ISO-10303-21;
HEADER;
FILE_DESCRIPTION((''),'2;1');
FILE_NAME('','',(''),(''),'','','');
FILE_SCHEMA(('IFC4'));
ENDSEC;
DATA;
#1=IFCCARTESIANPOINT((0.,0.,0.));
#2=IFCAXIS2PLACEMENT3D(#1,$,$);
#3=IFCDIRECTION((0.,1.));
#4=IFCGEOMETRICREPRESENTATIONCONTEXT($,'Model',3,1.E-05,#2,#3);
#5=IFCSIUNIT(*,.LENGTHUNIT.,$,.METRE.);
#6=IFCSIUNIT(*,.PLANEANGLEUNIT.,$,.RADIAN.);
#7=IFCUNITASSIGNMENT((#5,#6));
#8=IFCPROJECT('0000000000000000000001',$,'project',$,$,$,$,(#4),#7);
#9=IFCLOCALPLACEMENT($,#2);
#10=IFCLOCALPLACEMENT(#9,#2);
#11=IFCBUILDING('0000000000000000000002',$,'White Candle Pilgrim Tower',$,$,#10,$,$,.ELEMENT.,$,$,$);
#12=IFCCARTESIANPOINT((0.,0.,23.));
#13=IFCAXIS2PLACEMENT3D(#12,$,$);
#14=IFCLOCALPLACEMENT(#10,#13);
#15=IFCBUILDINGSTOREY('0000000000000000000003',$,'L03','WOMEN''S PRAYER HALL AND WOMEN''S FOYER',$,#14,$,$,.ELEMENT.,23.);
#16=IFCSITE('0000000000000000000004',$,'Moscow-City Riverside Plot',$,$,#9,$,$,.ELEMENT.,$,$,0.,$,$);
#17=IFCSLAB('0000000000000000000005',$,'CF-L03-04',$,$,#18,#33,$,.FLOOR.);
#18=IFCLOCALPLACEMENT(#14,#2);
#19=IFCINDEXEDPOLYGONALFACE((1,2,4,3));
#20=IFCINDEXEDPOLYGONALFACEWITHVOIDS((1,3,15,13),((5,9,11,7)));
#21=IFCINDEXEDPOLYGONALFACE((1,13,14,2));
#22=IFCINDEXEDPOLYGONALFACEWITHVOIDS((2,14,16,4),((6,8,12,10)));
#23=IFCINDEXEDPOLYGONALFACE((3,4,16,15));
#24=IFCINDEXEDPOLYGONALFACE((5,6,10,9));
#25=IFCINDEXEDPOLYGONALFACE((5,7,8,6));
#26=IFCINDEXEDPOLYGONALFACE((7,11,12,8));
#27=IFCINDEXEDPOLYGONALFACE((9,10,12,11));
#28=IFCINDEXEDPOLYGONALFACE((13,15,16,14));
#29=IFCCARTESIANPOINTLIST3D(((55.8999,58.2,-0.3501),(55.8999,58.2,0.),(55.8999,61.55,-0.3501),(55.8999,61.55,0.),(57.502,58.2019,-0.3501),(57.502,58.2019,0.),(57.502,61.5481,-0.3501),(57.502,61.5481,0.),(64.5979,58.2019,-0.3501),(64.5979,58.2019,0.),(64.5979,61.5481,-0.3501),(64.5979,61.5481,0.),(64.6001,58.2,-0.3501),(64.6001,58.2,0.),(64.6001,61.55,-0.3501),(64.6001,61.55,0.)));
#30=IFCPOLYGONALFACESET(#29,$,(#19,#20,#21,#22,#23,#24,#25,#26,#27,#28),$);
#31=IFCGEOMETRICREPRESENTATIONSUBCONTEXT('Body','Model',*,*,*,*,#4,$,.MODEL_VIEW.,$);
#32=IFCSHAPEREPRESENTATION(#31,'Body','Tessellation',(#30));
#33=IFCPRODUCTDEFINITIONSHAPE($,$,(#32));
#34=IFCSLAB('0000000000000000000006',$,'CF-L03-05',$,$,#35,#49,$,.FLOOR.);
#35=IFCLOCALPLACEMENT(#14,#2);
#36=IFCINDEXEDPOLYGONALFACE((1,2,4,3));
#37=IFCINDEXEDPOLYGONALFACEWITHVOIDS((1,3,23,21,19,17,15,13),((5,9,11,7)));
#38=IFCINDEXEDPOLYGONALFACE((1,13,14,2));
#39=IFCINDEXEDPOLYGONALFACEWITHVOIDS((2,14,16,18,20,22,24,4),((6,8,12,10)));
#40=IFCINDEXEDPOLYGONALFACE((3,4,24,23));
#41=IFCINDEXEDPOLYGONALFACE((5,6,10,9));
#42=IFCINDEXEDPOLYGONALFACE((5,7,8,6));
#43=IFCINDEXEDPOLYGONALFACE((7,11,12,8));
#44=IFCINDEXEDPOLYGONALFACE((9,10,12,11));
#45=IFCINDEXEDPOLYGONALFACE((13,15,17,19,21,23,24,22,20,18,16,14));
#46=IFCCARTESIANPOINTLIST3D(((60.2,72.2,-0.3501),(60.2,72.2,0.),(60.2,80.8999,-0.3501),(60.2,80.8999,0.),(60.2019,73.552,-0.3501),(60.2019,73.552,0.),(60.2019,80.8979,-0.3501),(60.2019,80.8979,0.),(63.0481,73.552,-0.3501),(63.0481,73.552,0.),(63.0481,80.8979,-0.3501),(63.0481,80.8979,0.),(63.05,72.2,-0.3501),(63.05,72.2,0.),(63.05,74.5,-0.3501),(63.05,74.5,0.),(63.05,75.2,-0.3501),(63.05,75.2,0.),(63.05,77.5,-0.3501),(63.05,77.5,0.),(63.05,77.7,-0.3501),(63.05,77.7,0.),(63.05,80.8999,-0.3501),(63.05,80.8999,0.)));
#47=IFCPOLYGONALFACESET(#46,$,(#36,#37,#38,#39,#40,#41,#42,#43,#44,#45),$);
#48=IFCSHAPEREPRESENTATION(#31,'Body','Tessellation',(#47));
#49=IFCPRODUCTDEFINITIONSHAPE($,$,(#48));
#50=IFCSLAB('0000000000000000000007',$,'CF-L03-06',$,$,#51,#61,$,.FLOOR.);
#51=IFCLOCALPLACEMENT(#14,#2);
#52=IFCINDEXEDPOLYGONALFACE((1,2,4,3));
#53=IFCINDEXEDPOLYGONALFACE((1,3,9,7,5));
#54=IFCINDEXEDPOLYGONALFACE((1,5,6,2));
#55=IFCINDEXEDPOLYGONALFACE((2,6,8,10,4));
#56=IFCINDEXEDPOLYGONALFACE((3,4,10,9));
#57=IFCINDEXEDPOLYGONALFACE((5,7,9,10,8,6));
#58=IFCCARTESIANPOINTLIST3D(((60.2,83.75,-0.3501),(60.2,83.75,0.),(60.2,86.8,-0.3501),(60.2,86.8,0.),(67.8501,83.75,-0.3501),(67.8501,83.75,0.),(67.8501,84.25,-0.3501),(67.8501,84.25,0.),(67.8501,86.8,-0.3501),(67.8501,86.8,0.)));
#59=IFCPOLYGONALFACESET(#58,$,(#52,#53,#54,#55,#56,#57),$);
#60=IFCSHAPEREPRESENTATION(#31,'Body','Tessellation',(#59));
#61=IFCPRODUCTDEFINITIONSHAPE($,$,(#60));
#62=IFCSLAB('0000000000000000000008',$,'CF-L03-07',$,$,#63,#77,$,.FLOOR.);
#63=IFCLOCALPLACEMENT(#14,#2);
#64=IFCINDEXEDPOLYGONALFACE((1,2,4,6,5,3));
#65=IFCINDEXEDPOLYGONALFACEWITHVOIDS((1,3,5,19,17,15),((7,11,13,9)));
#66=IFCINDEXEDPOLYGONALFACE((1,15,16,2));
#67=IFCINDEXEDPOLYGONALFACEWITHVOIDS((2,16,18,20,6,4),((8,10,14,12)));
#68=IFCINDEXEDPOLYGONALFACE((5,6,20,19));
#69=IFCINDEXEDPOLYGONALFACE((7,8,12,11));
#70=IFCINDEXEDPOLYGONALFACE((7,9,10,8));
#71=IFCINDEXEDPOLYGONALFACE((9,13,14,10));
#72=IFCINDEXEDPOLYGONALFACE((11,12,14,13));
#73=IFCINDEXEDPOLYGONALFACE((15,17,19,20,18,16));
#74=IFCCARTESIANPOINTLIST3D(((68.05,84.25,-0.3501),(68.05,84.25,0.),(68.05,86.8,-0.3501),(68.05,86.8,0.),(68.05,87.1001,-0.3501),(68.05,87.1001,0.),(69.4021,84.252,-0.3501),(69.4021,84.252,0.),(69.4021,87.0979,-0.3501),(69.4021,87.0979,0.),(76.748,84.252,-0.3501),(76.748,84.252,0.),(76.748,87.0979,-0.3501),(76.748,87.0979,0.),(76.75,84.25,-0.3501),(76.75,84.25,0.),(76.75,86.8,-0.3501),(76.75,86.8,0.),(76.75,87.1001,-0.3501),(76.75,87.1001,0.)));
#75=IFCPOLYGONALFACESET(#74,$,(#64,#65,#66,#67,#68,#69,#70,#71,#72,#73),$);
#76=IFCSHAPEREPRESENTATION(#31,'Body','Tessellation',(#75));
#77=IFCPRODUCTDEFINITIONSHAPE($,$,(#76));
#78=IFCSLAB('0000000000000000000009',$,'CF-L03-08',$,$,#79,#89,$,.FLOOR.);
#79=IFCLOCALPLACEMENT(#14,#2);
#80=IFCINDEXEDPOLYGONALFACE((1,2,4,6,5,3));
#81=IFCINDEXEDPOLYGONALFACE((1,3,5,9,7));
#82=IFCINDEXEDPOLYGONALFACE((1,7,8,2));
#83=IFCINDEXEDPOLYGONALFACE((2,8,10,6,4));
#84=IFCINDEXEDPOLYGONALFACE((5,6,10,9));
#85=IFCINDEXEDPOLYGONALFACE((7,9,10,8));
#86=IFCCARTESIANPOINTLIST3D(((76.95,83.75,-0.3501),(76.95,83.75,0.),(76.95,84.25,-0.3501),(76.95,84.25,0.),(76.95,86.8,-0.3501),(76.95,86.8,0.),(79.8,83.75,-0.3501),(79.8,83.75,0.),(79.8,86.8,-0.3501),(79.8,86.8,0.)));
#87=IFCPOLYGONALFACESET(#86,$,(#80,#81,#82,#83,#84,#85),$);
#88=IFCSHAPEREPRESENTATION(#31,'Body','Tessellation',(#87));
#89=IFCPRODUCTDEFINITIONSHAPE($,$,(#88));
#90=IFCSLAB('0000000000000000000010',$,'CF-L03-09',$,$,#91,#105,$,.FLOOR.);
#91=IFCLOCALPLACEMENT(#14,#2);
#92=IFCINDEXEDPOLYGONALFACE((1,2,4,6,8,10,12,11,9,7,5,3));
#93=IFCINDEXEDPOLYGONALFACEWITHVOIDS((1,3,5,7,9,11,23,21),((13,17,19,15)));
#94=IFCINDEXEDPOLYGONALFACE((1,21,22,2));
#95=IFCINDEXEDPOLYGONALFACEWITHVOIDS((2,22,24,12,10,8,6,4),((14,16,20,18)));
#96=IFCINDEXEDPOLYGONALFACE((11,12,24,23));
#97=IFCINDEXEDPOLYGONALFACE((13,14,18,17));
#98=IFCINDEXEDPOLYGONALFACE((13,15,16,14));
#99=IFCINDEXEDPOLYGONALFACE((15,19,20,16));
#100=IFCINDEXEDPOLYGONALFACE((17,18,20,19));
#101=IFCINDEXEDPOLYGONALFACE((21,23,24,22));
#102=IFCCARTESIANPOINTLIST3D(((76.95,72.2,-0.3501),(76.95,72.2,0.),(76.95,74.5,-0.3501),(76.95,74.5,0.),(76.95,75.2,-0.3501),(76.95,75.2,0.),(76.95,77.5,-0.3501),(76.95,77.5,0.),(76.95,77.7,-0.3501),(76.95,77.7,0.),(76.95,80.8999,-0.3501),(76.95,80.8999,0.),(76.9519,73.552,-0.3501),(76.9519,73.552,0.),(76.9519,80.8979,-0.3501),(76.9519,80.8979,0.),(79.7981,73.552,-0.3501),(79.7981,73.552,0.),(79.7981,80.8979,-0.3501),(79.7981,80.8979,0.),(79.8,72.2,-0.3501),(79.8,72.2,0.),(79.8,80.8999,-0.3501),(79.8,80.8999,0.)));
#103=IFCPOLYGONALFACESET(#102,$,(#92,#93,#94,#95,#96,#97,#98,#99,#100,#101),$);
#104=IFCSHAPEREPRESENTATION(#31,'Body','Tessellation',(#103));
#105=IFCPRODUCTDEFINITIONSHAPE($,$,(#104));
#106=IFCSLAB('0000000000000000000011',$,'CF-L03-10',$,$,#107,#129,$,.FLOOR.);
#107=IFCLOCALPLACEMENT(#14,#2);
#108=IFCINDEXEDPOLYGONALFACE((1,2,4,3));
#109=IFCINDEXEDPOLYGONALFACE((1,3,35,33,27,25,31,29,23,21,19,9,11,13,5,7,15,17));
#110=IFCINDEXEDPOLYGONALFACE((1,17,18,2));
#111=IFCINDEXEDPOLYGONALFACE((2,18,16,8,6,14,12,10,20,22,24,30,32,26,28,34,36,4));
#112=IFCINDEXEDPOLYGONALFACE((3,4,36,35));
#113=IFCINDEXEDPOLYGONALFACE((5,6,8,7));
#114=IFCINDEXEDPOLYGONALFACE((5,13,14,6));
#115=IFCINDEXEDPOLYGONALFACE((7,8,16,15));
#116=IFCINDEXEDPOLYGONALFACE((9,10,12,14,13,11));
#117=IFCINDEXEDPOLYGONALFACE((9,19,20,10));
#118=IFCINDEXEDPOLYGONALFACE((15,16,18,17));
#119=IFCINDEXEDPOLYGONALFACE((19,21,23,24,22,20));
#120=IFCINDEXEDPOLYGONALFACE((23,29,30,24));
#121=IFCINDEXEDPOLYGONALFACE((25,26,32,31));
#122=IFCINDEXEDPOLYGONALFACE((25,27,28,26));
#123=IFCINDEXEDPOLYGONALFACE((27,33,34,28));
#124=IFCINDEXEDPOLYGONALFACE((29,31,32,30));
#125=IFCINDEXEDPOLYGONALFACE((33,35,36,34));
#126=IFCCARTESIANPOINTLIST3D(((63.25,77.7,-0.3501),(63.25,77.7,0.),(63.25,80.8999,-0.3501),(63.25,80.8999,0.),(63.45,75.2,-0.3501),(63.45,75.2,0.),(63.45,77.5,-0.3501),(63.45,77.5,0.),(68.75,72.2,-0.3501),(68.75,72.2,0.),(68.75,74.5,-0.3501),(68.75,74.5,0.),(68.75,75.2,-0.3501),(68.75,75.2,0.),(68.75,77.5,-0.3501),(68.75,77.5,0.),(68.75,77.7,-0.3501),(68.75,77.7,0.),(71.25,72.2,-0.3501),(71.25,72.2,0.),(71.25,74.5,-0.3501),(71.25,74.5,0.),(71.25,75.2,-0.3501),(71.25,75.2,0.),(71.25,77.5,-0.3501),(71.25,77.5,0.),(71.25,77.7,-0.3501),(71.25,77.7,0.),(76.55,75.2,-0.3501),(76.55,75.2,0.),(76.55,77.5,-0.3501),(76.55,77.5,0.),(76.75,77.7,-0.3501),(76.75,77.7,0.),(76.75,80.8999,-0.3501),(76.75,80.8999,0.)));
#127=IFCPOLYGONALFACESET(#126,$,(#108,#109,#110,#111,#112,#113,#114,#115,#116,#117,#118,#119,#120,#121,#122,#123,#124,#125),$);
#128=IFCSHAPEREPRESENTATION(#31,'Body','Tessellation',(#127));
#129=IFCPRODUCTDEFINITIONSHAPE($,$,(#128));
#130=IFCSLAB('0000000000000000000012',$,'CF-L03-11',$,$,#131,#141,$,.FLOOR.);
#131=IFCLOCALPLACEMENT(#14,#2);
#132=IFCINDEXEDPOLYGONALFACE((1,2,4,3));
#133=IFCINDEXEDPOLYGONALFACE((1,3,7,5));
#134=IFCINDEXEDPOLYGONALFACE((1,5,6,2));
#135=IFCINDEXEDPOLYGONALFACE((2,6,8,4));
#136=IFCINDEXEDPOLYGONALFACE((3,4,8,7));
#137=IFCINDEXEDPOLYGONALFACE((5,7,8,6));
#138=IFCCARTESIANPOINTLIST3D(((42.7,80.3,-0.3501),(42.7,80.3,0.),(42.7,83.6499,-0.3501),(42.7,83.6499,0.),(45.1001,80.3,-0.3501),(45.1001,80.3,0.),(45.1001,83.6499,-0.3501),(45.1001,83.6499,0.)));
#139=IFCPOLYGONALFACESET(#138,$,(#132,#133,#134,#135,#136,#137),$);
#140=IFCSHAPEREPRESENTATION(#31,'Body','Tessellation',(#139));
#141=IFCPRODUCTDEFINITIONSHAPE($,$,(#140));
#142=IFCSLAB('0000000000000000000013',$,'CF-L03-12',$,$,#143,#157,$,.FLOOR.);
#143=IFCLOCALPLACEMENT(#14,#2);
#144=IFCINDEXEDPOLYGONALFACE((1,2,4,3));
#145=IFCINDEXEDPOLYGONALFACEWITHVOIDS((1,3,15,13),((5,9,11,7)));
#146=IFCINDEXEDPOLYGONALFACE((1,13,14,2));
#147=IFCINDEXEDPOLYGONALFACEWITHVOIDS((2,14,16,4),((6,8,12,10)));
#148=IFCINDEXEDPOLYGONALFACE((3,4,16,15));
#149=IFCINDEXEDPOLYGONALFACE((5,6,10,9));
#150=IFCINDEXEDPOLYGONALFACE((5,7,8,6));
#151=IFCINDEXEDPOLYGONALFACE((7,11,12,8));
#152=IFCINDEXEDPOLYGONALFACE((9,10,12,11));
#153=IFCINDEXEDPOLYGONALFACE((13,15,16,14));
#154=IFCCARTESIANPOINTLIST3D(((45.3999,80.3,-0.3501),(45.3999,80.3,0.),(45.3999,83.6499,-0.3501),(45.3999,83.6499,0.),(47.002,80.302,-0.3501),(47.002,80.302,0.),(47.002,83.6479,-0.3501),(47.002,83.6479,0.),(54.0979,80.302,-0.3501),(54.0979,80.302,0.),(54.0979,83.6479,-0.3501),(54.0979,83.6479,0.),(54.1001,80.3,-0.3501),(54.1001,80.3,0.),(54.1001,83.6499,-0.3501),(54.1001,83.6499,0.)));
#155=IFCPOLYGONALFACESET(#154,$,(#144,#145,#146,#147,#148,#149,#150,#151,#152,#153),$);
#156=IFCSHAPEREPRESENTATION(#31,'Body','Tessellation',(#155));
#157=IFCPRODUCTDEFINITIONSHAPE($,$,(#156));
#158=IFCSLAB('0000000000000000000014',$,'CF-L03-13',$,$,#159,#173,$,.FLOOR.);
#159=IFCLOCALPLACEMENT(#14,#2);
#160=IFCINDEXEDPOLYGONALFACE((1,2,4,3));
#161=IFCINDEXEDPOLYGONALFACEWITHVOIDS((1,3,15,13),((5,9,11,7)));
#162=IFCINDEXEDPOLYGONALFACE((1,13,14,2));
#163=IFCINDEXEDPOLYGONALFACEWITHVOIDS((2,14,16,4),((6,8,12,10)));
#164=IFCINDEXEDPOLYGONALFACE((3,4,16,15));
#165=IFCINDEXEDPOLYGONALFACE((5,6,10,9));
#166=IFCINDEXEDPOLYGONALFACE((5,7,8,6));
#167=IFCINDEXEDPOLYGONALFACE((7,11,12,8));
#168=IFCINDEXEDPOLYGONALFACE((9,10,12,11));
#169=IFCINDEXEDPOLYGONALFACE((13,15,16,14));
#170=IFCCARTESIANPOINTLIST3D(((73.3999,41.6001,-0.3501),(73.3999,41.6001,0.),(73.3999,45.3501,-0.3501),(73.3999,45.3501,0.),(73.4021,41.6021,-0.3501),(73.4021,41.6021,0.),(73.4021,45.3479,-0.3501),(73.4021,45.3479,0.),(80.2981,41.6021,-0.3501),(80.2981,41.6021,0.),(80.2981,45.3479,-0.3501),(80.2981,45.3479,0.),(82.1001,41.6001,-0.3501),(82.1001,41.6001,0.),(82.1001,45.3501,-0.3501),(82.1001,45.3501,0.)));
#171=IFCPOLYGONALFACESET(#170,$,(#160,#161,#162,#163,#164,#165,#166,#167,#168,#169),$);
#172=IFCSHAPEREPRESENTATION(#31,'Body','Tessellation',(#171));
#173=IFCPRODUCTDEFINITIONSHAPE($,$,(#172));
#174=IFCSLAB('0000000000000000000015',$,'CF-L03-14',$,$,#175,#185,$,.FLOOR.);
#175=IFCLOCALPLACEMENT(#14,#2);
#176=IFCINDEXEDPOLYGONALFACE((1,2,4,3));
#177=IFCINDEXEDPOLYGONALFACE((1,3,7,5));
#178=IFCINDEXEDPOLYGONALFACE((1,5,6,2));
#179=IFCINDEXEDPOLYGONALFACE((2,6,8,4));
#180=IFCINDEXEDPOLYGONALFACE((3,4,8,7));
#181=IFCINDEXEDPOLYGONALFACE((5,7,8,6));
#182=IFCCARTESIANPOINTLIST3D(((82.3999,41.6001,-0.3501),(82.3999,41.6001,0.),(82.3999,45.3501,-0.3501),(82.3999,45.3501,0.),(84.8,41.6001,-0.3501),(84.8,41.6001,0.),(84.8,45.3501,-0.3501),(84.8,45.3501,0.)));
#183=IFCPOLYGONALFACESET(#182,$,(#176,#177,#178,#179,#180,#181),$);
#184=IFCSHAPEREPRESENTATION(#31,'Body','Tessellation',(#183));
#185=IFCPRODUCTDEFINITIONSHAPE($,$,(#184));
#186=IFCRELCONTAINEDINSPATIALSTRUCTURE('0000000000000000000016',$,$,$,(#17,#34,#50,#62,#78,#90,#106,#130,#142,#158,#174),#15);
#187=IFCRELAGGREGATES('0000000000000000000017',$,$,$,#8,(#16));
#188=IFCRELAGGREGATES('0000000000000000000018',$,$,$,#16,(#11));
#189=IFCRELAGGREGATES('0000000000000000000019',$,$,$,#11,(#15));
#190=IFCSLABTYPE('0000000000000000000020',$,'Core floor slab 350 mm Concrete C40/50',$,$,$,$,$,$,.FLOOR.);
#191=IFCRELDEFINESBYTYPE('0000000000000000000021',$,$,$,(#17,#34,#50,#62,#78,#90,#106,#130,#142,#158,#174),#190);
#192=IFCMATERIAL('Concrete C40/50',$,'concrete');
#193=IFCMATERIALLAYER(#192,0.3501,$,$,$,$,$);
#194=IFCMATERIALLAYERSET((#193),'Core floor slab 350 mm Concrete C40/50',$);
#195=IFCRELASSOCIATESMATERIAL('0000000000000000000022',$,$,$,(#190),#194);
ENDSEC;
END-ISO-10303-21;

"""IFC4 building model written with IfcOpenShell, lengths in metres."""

from ifc_helpers import new_model, si_unit, direction, frame, origin, place, context, subcontext, project, spatial, polyline, outline, extrude, material, layer, layer_set, type_object, element, save


model = new_model("IFC4")

# Units and contexts
model_context = context("Model", 3, precision=1e-05, world=origin(), true_north=direction((0.0, 1.0)))
body_context = subcontext(model_context, "Body", "Model", "MODEL_VIEW")
ifc_project = project(units=[si_unit("LENGTHUNIT", "METRE"), si_unit("PLANEANGLEUNIT", "RADIAN")], contexts=[model_context])

# Site, building, storey
site_placement = place(None, origin())
site = spatial("IfcSite", under=ifc_project, at=site_placement, Name="Moscow-City Riverside Plot", CompositionType="ELEMENT", RefElevation=0.0)
building_placement = place(site_placement, origin())
building = spatial("IfcBuilding", under=site, at=building_placement, Name="White Candle Pilgrim Tower", CompositionType="ELEMENT")
storey_placement = place(building_placement, frame((0.0, 0.0, 23.0)))
storey = spatial("IfcBuildingStorey", under=building, at=storey_placement, Name="L03", Description="WOMEN'S PRAYER HALL AND WOMEN'S FOYER", CompositionType="ELEMENT", Elevation=23.0)

# Slabs
ifc_material_1 = material(Name="Concrete C40/50", Category="concrete")
ifc_layer_1 = layer(ifc_material_1, 0.3501)
ifc_layer_set_1 = layer_set([ifc_layer_1], Name="Core floor slab 350 mm Concrete C40/50")
slab_type_1 = type_object("IfcSlabType", Name="Core floor slab 350 mm Concrete C40/50", PredefinedType="FLOOR", material=ifc_layer_set_1)
slab_1_placement = place(storey_placement, frame((0.0, 0.0, -0.3501)))
element("IfcSlab", 1, at=slab_1_placement, inside=storey, type_object=slab_type_1, Name="CF-L03-04", PredefinedType="FLOOR", context=body_context, shape_type="SweptSolid", body=[
    extrude(outline(polyline([(55.8999, 61.55), (64.6001, 61.55), (64.6001, 58.2), (55.8999, 58.2), (55.8999, 61.55)]), holes=[polyline([(57.502, 61.5481), (57.502, 58.2019), (64.5979, 58.2019), (64.5979, 61.5481), (57.502, 61.5481)])]), origin(), (0.0, 0.0, 1.0), 0.3501),
])
slab_2_placement = place(storey_placement, frame((0.0, 0.0, -0.3501)))
element("IfcSlab", 2, at=slab_2_placement, inside=storey, type_object=slab_type_1, Name="CF-L03-05", PredefinedType="FLOOR", context=body_context, shape_type="SweptSolid", body=[
    extrude(outline(polyline([(60.2, 80.8999), (63.05, 80.8999), (63.05, 77.7), (63.05, 77.5), (63.05, 75.2), (63.05, 74.5), (63.05, 72.2), (60.2, 72.2), (60.2, 80.8999)]), holes=[polyline([(60.2019, 80.8979), (60.2019, 73.552), (63.0481, 73.552), (63.0481, 80.8979), (60.2019, 80.8979)])]), origin(), (0.0, 0.0, 1.0), 0.3501),
])
slab_3_placement = place(storey_placement, frame((0.0, 0.0, -0.3501)))
element("IfcSlab", 3, at=slab_3_placement, inside=storey, type_object=slab_type_1, Name="CF-L03-06", PredefinedType="FLOOR", context=body_context, shape_type="SweptSolid", body=[
    extrude(outline(polyline([(60.2, 86.8), (67.8501, 86.8), (67.8501, 84.25), (67.8501, 83.75), (60.2, 83.75), (60.2, 86.8)])), origin(), (0.0, 0.0, 1.0), 0.3501),
])
slab_4_placement = place(storey_placement, frame((0.0, 0.0, -0.3501)))
element("IfcSlab", 4, at=slab_4_placement, inside=storey, type_object=slab_type_1, Name="CF-L03-07", PredefinedType="FLOOR", context=body_context, shape_type="SweptSolid", body=[
    extrude(outline(polyline([(68.05, 87.1001), (76.75, 87.1001), (76.75, 86.8), (76.75, 84.25), (68.05, 84.25), (68.05, 86.8), (68.05, 87.1001)]), holes=[polyline([(69.4021, 87.0979), (69.4021, 84.252), (76.748, 84.252), (76.748, 87.0979), (69.4021, 87.0979)])]), origin(), (0.0, 0.0, 1.0), 0.3501),
])
slab_5_placement = place(storey_placement, frame((0.0, 0.0, -0.3501)))
element("IfcSlab", 5, at=slab_5_placement, inside=storey, type_object=slab_type_1, Name="CF-L03-08", PredefinedType="FLOOR", context=body_context, shape_type="SweptSolid", body=[
    extrude(outline(polyline([(79.8, 86.8), (79.8, 83.75), (76.95, 83.75), (76.95, 84.25), (76.95, 86.8), (79.8, 86.8)])), origin(), (0.0, 0.0, 1.0), 0.3501),
])
slab_6_placement = place(storey_placement, frame((0.0, 0.0, -0.3501)))
element("IfcSlab", 6, at=slab_6_placement, inside=storey, type_object=slab_type_1, Name="CF-L03-09", PredefinedType="FLOOR", context=body_context, shape_type="SweptSolid", body=[
    extrude(outline(polyline([(79.8, 72.2), (76.95, 72.2), (76.95, 74.5), (76.95, 75.2), (76.95, 77.5), (76.95, 77.7), (76.95, 80.8999), (79.8, 80.8999), (79.8, 72.2)]), holes=[polyline([(76.9519, 80.8979), (76.9519, 73.552), (79.7981, 73.552), (79.7981, 80.8979), (76.9519, 80.8979)])]), origin(), (0.0, 0.0, 1.0), 0.3501),
])
slab_7_placement = place(storey_placement, frame((0.0, 0.0, -0.3501)))
element("IfcSlab", 7, at=slab_7_placement, inside=storey, type_object=slab_type_1, Name="CF-L03-10", PredefinedType="FLOOR", context=body_context, shape_type="SweptSolid", body=[
    extrude(outline(polyline([(68.75, 72.2), (68.75, 74.5), (68.75, 75.2), (63.45, 75.2), (63.45, 77.5), (68.75, 77.5), (68.75, 77.7), (63.25, 77.7), (63.25, 80.8999), (76.75, 80.8999), (76.75, 77.7), (71.25, 77.7), (71.25, 77.5), (76.55, 77.5), (76.55, 75.2), (71.25, 75.2), (71.25, 74.5), (71.25, 72.2), (68.75, 72.2)])), origin(), (0.0, 0.0, 1.0), 0.3501),
])
slab_8_placement = place(storey_placement, frame((0.0, 0.0, -0.3501)))
element("IfcSlab", 8, at=slab_8_placement, inside=storey, type_object=slab_type_1, Name="CF-L03-11", PredefinedType="FLOOR", context=body_context, shape_type="SweptSolid", body=[
    extrude(outline(polyline([(42.7, 83.6499), (45.1001, 83.6499), (45.1001, 80.3), (42.7, 80.3), (42.7, 83.6499)])), origin(), (0.0, 0.0, 1.0), 0.3501),
])
slab_9_placement = place(storey_placement, frame((0.0, 0.0, -0.3501)))
element("IfcSlab", 9, at=slab_9_placement, inside=storey, type_object=slab_type_1, Name="CF-L03-12", PredefinedType="FLOOR", context=body_context, shape_type="SweptSolid", body=[
    extrude(outline(polyline([(45.3999, 83.6499), (54.1001, 83.6499), (54.1001, 80.3), (45.3999, 80.3), (45.3999, 83.6499)]), holes=[polyline([(54.0979, 83.6479), (47.002, 83.6479), (47.002, 80.302), (54.0979, 80.302), (54.0979, 83.6479)])]), origin(), (0.0, 0.0, 1.0), 0.3501),
])
slab_10_placement = place(storey_placement, frame((0.0, 0.0, -0.3501)))
element("IfcSlab", 10, at=slab_10_placement, inside=storey, type_object=slab_type_1, Name="CF-L03-13", PredefinedType="FLOOR", context=body_context, shape_type="SweptSolid", body=[
    extrude(outline(polyline([(73.3999, 41.6001), (73.3999, 45.3501), (82.1001, 45.3501), (82.1001, 41.6001), (73.3999, 41.6001)]), holes=[polyline([(73.4021, 41.6021), (80.2981, 41.6021), (80.2981, 45.3479), (73.4021, 45.3479), (73.4021, 41.6021)])]), origin(), (0.0, 0.0, 1.0), 0.3501),
])
slab_11_placement = place(storey_placement, frame((0.0, 0.0, -0.3501)))
element("IfcSlab", 11, at=slab_11_placement, inside=storey, type_object=slab_type_1, Name="CF-L03-14", PredefinedType="FLOOR", context=body_context, shape_type="SweptSolid", body=[
    extrude(outline(polyline([(84.8, 41.6001), (82.3999, 41.6001), (82.3999, 45.3501), (84.8, 45.3501), (84.8, 41.6001)])), origin(), (0.0, 0.0, 1.0), 0.3501),
])

save(model, "model.ifc")
